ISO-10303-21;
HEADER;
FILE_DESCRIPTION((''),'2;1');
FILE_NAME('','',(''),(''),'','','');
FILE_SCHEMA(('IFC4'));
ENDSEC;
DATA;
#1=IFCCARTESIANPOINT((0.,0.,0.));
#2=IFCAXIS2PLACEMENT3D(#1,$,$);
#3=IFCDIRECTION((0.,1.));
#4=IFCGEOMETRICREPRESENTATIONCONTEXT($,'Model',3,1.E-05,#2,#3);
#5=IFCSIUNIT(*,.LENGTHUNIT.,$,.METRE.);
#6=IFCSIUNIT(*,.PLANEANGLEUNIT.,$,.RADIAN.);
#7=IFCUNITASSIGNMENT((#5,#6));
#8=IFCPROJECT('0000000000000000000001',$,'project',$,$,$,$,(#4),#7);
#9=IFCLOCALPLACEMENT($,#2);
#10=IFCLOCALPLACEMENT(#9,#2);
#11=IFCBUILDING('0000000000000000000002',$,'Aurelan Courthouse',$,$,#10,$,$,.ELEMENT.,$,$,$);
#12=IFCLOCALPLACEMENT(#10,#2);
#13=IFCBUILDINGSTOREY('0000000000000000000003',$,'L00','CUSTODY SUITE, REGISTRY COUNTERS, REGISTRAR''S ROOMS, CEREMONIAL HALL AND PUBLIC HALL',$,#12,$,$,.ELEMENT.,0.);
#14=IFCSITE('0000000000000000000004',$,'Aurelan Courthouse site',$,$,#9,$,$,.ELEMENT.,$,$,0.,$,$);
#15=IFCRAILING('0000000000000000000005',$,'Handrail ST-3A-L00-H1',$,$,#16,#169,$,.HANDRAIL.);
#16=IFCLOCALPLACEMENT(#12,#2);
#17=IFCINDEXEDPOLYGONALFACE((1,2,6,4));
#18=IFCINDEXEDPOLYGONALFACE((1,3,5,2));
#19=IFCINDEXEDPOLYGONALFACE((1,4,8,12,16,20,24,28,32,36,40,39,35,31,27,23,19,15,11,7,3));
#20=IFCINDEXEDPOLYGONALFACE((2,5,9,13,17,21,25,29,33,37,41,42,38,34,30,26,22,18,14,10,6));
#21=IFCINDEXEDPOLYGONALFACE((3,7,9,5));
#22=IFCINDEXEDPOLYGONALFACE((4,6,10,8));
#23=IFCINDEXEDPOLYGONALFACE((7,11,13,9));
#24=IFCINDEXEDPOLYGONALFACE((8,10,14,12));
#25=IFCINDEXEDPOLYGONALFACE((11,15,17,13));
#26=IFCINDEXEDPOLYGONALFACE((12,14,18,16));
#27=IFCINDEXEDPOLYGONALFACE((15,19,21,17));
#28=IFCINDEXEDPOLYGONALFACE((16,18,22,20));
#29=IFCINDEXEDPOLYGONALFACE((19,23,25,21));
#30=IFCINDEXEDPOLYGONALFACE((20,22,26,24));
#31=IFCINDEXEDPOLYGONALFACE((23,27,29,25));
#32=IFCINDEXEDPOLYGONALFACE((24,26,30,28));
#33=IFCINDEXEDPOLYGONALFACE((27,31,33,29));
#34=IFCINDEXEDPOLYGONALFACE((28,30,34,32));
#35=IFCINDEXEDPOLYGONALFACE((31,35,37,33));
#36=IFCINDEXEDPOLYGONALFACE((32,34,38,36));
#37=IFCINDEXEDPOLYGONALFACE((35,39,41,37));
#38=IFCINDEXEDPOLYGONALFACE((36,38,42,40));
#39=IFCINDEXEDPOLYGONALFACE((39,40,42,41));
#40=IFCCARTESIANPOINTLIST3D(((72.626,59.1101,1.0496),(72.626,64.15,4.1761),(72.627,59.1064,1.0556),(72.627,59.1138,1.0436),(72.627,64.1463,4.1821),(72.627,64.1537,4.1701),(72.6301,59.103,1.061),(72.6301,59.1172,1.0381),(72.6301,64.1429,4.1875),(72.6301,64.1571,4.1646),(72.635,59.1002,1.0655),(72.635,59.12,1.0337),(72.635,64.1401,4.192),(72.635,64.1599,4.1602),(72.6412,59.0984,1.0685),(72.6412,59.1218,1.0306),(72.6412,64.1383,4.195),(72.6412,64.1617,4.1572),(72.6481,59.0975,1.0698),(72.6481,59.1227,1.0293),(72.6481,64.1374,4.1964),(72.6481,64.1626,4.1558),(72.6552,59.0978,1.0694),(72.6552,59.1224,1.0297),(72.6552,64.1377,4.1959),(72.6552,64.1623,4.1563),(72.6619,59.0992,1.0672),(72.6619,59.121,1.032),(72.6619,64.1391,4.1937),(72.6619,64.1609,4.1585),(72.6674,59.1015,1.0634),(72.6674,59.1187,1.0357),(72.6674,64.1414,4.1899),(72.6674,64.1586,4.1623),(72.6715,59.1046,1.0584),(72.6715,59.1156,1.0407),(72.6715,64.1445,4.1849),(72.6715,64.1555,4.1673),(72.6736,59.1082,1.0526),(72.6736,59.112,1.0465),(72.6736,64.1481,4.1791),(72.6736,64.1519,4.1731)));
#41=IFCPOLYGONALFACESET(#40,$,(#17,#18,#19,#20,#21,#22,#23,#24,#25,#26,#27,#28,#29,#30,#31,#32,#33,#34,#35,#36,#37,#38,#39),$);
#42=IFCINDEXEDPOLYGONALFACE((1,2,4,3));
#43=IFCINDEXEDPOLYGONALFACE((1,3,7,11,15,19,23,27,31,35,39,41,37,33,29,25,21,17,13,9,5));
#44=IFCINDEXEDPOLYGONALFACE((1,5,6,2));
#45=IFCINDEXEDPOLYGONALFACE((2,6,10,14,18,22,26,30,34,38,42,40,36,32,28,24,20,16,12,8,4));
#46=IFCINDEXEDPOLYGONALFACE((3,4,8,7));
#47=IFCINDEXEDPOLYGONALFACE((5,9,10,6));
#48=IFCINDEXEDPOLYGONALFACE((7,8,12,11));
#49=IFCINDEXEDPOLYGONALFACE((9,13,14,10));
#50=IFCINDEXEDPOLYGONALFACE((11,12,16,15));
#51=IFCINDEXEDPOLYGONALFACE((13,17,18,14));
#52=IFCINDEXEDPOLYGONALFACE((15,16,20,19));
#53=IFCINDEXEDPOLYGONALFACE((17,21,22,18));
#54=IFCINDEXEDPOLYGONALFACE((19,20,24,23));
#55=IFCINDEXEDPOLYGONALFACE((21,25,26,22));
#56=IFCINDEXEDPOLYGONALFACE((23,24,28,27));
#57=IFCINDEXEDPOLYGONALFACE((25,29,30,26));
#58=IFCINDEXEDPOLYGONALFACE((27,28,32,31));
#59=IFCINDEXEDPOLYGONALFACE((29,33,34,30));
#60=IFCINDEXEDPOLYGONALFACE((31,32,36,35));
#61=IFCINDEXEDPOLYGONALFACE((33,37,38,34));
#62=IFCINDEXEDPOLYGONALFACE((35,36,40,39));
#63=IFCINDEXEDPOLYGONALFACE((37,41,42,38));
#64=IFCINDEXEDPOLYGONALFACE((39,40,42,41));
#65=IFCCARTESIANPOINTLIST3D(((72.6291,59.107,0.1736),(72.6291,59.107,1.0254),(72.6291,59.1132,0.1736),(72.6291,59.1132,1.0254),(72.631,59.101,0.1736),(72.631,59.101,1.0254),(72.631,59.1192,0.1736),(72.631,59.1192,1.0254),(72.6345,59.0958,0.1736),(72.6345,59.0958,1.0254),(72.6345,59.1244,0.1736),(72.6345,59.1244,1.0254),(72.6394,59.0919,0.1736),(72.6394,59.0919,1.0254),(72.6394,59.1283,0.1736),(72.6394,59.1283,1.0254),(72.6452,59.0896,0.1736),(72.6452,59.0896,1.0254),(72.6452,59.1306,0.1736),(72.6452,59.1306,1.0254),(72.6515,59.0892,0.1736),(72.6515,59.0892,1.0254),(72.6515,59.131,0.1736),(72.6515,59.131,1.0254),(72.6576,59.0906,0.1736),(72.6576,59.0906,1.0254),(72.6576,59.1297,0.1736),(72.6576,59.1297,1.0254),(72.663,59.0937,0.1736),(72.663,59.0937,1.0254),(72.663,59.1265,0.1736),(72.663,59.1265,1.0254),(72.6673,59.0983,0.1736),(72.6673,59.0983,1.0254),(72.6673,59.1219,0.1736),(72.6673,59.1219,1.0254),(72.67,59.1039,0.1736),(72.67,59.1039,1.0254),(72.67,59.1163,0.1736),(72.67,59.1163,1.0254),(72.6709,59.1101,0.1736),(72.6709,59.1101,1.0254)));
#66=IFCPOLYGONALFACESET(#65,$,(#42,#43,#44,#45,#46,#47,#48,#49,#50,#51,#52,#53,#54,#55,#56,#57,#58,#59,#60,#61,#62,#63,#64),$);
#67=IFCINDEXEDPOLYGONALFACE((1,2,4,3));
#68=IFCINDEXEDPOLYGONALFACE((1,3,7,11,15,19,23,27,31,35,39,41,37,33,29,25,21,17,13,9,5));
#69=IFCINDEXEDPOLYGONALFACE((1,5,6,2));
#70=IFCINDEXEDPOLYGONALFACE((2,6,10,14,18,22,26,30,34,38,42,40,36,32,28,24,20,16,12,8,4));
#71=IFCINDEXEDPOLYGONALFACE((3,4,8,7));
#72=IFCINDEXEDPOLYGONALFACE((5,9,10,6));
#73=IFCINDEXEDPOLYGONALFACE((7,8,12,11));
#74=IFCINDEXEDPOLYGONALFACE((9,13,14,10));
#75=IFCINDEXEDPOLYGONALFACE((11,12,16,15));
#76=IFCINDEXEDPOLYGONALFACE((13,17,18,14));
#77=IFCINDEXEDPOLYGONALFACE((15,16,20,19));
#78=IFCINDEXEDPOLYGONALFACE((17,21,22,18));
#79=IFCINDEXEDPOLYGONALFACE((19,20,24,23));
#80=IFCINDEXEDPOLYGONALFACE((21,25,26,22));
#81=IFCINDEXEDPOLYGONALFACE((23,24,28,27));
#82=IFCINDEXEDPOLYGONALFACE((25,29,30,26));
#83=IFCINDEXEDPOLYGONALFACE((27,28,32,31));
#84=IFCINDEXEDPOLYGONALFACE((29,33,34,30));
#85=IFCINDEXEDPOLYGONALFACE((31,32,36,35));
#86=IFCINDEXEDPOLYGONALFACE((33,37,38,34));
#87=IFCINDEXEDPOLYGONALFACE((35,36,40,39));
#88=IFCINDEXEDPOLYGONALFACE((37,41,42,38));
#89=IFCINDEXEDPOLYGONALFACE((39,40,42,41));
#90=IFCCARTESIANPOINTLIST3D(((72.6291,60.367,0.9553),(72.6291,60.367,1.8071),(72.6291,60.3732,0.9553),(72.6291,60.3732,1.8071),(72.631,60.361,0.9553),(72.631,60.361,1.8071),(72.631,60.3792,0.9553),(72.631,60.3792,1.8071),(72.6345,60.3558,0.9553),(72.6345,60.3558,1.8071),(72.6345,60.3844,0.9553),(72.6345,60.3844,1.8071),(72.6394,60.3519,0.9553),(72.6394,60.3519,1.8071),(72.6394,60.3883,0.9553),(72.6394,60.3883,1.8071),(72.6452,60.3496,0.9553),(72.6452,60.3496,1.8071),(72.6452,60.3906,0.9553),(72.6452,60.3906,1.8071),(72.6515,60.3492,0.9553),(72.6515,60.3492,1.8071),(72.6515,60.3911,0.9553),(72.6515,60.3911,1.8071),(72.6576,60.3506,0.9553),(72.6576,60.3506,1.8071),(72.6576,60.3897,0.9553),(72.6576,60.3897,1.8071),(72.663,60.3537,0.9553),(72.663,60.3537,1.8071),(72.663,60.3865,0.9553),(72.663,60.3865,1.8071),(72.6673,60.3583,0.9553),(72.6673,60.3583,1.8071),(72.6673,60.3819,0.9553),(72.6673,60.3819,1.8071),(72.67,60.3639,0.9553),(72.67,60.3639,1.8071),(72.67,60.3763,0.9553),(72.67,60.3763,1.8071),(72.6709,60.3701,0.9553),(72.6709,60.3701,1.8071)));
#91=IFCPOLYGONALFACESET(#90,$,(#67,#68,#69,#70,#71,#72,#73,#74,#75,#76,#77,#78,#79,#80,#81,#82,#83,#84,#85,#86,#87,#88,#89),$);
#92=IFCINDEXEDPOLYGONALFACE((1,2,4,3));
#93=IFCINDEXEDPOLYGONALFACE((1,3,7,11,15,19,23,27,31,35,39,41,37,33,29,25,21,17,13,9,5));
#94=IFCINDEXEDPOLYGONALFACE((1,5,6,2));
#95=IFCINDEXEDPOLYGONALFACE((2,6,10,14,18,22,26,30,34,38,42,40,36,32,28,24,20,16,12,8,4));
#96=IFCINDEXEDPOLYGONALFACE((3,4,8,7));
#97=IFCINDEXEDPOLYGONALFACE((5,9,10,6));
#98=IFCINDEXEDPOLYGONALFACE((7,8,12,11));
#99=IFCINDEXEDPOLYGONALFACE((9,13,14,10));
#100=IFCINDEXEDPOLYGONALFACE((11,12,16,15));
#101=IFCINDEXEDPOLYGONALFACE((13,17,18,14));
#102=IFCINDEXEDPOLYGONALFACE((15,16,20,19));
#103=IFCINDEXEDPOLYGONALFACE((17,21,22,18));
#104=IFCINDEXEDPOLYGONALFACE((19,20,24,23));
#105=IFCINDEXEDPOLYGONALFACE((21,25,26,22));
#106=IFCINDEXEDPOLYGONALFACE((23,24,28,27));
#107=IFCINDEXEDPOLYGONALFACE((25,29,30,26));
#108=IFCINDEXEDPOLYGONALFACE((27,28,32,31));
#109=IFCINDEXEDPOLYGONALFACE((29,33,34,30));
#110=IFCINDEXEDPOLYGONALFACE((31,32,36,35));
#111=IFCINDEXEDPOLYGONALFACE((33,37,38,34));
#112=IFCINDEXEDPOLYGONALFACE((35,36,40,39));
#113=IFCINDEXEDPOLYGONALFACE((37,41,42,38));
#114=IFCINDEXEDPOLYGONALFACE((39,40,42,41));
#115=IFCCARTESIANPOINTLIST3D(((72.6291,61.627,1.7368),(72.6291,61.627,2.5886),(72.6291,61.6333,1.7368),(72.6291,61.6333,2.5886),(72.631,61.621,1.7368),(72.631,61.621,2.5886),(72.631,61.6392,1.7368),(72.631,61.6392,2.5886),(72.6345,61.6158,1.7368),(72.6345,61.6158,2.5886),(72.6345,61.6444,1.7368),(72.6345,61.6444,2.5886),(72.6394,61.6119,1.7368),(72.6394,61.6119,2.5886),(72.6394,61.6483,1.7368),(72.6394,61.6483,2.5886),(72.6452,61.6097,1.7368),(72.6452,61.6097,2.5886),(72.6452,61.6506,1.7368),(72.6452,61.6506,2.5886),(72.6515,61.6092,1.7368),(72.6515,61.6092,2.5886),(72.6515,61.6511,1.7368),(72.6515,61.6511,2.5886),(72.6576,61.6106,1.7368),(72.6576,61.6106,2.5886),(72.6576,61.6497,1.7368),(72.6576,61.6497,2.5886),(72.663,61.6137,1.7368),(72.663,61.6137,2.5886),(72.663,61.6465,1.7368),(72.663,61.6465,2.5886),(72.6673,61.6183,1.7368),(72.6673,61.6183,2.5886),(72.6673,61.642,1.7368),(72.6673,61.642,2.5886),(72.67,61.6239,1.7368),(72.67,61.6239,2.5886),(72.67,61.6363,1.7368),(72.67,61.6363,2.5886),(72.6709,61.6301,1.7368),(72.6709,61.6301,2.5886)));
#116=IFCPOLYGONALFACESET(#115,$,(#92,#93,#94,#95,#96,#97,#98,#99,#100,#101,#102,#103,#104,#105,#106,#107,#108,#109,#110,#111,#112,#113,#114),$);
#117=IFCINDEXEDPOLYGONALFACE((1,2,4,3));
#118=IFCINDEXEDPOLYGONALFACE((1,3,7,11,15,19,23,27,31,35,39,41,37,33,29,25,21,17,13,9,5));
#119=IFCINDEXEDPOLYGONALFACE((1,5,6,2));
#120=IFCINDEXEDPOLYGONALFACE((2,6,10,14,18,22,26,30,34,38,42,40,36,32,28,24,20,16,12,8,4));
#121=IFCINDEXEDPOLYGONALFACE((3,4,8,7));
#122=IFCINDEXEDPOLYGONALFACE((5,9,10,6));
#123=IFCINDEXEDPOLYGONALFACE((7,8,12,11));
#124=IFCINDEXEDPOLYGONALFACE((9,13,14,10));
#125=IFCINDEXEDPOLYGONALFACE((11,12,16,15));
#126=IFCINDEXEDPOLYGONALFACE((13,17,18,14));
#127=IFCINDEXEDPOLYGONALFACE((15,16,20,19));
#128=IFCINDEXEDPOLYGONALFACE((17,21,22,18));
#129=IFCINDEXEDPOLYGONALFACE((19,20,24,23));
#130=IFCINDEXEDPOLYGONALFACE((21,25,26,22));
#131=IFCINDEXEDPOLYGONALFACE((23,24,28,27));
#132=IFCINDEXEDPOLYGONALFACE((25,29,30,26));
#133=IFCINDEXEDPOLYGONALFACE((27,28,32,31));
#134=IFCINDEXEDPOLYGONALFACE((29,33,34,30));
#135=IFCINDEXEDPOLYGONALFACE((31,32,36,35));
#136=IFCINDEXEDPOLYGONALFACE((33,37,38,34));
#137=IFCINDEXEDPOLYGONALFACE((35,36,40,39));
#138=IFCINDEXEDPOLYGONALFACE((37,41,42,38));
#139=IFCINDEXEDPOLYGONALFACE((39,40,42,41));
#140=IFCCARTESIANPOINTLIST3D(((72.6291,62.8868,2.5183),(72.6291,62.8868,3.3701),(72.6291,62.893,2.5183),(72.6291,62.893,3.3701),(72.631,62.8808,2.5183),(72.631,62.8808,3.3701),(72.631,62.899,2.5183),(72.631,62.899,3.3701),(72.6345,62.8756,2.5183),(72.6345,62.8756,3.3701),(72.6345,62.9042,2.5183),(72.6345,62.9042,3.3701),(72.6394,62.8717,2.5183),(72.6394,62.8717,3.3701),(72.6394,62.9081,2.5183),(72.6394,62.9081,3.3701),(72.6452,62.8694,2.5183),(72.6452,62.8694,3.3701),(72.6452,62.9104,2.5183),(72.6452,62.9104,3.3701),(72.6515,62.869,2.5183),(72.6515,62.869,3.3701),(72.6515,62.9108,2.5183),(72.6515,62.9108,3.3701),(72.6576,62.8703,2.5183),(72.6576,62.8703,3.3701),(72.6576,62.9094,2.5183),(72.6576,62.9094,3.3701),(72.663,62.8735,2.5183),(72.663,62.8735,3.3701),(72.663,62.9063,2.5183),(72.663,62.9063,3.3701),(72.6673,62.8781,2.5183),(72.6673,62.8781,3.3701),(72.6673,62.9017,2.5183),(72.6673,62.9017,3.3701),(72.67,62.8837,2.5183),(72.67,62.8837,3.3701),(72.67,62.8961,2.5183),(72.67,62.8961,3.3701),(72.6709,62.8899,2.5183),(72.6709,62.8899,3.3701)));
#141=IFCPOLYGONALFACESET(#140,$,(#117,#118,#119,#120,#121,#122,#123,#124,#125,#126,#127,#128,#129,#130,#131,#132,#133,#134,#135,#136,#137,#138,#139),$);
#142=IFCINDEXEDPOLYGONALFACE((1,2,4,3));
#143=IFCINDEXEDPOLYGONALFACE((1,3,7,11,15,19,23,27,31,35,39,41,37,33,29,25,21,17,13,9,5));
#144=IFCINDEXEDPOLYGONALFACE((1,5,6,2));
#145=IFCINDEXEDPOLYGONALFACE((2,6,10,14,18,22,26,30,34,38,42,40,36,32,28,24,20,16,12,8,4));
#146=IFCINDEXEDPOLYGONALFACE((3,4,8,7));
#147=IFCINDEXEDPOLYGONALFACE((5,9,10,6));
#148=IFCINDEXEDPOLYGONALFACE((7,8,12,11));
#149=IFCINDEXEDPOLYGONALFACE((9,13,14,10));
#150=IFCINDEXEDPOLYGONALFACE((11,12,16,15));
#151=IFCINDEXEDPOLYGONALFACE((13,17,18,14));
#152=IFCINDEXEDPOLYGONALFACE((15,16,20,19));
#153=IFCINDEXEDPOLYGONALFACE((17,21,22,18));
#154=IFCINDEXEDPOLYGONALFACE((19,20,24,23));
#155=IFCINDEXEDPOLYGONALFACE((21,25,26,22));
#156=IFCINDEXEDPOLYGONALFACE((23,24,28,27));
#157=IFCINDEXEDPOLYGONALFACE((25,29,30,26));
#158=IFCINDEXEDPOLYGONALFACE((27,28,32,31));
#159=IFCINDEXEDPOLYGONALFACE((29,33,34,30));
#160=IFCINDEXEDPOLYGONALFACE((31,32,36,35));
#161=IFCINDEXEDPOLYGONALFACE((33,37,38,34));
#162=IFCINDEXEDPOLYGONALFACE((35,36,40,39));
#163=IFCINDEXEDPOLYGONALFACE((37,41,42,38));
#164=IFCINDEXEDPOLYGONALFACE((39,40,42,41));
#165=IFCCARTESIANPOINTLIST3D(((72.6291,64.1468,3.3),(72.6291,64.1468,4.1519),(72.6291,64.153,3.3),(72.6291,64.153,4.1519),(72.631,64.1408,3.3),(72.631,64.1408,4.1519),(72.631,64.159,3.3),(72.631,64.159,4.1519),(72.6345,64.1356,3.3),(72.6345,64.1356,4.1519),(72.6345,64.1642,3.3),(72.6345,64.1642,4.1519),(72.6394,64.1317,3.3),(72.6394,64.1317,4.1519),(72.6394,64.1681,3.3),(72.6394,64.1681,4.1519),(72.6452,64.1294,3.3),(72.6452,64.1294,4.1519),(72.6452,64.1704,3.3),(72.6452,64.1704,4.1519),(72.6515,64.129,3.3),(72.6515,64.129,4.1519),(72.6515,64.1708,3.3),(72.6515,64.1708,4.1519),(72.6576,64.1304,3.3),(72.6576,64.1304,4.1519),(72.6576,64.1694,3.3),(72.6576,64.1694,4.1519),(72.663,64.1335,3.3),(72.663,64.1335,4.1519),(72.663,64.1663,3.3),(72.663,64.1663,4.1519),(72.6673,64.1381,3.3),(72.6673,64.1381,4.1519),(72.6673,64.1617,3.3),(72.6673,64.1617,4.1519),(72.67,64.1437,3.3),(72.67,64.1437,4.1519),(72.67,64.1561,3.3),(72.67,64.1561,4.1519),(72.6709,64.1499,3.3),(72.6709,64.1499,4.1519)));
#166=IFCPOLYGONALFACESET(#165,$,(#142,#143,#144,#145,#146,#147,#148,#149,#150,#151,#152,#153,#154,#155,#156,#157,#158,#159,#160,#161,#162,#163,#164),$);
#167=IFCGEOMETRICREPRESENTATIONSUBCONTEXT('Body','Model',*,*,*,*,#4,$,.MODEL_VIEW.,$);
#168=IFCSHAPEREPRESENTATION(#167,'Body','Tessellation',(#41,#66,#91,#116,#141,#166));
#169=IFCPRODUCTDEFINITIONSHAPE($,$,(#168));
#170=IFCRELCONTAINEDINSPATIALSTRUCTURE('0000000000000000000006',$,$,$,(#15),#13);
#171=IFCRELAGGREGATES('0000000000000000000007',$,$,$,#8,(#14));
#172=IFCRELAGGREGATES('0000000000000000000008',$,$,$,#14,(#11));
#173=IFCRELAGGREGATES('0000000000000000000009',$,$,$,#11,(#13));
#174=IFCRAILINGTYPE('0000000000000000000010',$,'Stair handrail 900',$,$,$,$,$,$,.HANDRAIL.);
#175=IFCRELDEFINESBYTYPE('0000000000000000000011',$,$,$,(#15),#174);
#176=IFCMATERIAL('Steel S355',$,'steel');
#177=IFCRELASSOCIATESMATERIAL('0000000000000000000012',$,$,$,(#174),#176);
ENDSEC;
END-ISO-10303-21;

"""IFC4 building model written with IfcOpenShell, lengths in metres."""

from ifc_helpers import new_model, si_unit, direction, frame, origin, origin_2d, place, context, subcontext, project, spatial, circle, extrude, material, type_object, element, save


model = new_model("IFC4")

# Units and contexts
model_context = context("Model", 3, precision=1e-05, world=origin(), true_north=direction((0.0, 1.0)))
body_context = subcontext(model_context, "Body", "Model", "MODEL_VIEW")
ifc_project = project(units=[si_unit("LENGTHUNIT", "METRE"), si_unit("PLANEANGLEUNIT", "RADIAN")], contexts=[model_context])

# Site, building, storey
site_placement = place(None, origin())
site = spatial("IfcSite", under=ifc_project, at=site_placement, Name="Aurelan Courthouse site", CompositionType="ELEMENT", RefElevation=0.0)
building_placement = place(site_placement, origin())
building = spatial("IfcBuilding", under=site, at=building_placement, Name="Aurelan Courthouse", CompositionType="ELEMENT")
storey_placement = place(building_placement, origin())
storey = spatial("IfcBuildingStorey", under=building, at=storey_placement, Name="L00", Description="CUSTODY SUITE, REGISTRY COUNTERS, REGISTRAR'S ROOMS, CEREMONIAL HALL AND PUBLIC HALL", CompositionType="ELEMENT", Elevation=0.0)

# Railing
ifc_material_1 = material(Name="Steel S355", Category="steel")
railing_type = type_object("IfcRailingType", Name="Stair handrail 900", PredefinedType="HANDRAIL", material=ifc_material_1)
for number, where, name in (
    (1, (72.6499, 59.1101, 0.1736), "Handrail ST-3A-L00-H1"),
):
    element("IfcRailing", number, at=place(storey_placement, frame(where)), inside=storey, type_object=railing_type, Name=name, PredefinedType="HANDRAIL", context=body_context, shape_type="SweptSolid", body=[
        extrude(circle(Radius=0.0239, at=origin_2d()), frame((0.0, 0.0, 0.876), z_axis=(0.0, 0.849767, 0.527158), x_axis=(-1.0, 0.0, 0.0)), (0.0, 0.0, 1.0), 5.9309),
        extrude(circle(Radius=0.021, at=origin_2d()), origin(), (0.0, 0.0, 1.0), 0.8518),
        extrude(circle(Radius=0.021, at=origin_2d()), frame((0.0, 1.26, 0.7817)), (0.0, 0.0, 1.0), 0.8518),
        extrude(circle(Radius=0.021, at=origin_2d()), frame((0.0, 2.52, 1.5632)), (0.0, 0.0, 1.0), 0.8518),
        extrude(circle(Radius=0.021, at=origin_2d()), frame((0.0, 3.7798, 2.3447)), (0.0, 0.0, 1.0), 0.8518),
        extrude(circle(Radius=0.021, at=origin_2d()), frame((0.0, 5.0398, 3.1265)), (0.0, 0.0, 1.0), 0.8518),
    ])

save(model, "model.ifc")
